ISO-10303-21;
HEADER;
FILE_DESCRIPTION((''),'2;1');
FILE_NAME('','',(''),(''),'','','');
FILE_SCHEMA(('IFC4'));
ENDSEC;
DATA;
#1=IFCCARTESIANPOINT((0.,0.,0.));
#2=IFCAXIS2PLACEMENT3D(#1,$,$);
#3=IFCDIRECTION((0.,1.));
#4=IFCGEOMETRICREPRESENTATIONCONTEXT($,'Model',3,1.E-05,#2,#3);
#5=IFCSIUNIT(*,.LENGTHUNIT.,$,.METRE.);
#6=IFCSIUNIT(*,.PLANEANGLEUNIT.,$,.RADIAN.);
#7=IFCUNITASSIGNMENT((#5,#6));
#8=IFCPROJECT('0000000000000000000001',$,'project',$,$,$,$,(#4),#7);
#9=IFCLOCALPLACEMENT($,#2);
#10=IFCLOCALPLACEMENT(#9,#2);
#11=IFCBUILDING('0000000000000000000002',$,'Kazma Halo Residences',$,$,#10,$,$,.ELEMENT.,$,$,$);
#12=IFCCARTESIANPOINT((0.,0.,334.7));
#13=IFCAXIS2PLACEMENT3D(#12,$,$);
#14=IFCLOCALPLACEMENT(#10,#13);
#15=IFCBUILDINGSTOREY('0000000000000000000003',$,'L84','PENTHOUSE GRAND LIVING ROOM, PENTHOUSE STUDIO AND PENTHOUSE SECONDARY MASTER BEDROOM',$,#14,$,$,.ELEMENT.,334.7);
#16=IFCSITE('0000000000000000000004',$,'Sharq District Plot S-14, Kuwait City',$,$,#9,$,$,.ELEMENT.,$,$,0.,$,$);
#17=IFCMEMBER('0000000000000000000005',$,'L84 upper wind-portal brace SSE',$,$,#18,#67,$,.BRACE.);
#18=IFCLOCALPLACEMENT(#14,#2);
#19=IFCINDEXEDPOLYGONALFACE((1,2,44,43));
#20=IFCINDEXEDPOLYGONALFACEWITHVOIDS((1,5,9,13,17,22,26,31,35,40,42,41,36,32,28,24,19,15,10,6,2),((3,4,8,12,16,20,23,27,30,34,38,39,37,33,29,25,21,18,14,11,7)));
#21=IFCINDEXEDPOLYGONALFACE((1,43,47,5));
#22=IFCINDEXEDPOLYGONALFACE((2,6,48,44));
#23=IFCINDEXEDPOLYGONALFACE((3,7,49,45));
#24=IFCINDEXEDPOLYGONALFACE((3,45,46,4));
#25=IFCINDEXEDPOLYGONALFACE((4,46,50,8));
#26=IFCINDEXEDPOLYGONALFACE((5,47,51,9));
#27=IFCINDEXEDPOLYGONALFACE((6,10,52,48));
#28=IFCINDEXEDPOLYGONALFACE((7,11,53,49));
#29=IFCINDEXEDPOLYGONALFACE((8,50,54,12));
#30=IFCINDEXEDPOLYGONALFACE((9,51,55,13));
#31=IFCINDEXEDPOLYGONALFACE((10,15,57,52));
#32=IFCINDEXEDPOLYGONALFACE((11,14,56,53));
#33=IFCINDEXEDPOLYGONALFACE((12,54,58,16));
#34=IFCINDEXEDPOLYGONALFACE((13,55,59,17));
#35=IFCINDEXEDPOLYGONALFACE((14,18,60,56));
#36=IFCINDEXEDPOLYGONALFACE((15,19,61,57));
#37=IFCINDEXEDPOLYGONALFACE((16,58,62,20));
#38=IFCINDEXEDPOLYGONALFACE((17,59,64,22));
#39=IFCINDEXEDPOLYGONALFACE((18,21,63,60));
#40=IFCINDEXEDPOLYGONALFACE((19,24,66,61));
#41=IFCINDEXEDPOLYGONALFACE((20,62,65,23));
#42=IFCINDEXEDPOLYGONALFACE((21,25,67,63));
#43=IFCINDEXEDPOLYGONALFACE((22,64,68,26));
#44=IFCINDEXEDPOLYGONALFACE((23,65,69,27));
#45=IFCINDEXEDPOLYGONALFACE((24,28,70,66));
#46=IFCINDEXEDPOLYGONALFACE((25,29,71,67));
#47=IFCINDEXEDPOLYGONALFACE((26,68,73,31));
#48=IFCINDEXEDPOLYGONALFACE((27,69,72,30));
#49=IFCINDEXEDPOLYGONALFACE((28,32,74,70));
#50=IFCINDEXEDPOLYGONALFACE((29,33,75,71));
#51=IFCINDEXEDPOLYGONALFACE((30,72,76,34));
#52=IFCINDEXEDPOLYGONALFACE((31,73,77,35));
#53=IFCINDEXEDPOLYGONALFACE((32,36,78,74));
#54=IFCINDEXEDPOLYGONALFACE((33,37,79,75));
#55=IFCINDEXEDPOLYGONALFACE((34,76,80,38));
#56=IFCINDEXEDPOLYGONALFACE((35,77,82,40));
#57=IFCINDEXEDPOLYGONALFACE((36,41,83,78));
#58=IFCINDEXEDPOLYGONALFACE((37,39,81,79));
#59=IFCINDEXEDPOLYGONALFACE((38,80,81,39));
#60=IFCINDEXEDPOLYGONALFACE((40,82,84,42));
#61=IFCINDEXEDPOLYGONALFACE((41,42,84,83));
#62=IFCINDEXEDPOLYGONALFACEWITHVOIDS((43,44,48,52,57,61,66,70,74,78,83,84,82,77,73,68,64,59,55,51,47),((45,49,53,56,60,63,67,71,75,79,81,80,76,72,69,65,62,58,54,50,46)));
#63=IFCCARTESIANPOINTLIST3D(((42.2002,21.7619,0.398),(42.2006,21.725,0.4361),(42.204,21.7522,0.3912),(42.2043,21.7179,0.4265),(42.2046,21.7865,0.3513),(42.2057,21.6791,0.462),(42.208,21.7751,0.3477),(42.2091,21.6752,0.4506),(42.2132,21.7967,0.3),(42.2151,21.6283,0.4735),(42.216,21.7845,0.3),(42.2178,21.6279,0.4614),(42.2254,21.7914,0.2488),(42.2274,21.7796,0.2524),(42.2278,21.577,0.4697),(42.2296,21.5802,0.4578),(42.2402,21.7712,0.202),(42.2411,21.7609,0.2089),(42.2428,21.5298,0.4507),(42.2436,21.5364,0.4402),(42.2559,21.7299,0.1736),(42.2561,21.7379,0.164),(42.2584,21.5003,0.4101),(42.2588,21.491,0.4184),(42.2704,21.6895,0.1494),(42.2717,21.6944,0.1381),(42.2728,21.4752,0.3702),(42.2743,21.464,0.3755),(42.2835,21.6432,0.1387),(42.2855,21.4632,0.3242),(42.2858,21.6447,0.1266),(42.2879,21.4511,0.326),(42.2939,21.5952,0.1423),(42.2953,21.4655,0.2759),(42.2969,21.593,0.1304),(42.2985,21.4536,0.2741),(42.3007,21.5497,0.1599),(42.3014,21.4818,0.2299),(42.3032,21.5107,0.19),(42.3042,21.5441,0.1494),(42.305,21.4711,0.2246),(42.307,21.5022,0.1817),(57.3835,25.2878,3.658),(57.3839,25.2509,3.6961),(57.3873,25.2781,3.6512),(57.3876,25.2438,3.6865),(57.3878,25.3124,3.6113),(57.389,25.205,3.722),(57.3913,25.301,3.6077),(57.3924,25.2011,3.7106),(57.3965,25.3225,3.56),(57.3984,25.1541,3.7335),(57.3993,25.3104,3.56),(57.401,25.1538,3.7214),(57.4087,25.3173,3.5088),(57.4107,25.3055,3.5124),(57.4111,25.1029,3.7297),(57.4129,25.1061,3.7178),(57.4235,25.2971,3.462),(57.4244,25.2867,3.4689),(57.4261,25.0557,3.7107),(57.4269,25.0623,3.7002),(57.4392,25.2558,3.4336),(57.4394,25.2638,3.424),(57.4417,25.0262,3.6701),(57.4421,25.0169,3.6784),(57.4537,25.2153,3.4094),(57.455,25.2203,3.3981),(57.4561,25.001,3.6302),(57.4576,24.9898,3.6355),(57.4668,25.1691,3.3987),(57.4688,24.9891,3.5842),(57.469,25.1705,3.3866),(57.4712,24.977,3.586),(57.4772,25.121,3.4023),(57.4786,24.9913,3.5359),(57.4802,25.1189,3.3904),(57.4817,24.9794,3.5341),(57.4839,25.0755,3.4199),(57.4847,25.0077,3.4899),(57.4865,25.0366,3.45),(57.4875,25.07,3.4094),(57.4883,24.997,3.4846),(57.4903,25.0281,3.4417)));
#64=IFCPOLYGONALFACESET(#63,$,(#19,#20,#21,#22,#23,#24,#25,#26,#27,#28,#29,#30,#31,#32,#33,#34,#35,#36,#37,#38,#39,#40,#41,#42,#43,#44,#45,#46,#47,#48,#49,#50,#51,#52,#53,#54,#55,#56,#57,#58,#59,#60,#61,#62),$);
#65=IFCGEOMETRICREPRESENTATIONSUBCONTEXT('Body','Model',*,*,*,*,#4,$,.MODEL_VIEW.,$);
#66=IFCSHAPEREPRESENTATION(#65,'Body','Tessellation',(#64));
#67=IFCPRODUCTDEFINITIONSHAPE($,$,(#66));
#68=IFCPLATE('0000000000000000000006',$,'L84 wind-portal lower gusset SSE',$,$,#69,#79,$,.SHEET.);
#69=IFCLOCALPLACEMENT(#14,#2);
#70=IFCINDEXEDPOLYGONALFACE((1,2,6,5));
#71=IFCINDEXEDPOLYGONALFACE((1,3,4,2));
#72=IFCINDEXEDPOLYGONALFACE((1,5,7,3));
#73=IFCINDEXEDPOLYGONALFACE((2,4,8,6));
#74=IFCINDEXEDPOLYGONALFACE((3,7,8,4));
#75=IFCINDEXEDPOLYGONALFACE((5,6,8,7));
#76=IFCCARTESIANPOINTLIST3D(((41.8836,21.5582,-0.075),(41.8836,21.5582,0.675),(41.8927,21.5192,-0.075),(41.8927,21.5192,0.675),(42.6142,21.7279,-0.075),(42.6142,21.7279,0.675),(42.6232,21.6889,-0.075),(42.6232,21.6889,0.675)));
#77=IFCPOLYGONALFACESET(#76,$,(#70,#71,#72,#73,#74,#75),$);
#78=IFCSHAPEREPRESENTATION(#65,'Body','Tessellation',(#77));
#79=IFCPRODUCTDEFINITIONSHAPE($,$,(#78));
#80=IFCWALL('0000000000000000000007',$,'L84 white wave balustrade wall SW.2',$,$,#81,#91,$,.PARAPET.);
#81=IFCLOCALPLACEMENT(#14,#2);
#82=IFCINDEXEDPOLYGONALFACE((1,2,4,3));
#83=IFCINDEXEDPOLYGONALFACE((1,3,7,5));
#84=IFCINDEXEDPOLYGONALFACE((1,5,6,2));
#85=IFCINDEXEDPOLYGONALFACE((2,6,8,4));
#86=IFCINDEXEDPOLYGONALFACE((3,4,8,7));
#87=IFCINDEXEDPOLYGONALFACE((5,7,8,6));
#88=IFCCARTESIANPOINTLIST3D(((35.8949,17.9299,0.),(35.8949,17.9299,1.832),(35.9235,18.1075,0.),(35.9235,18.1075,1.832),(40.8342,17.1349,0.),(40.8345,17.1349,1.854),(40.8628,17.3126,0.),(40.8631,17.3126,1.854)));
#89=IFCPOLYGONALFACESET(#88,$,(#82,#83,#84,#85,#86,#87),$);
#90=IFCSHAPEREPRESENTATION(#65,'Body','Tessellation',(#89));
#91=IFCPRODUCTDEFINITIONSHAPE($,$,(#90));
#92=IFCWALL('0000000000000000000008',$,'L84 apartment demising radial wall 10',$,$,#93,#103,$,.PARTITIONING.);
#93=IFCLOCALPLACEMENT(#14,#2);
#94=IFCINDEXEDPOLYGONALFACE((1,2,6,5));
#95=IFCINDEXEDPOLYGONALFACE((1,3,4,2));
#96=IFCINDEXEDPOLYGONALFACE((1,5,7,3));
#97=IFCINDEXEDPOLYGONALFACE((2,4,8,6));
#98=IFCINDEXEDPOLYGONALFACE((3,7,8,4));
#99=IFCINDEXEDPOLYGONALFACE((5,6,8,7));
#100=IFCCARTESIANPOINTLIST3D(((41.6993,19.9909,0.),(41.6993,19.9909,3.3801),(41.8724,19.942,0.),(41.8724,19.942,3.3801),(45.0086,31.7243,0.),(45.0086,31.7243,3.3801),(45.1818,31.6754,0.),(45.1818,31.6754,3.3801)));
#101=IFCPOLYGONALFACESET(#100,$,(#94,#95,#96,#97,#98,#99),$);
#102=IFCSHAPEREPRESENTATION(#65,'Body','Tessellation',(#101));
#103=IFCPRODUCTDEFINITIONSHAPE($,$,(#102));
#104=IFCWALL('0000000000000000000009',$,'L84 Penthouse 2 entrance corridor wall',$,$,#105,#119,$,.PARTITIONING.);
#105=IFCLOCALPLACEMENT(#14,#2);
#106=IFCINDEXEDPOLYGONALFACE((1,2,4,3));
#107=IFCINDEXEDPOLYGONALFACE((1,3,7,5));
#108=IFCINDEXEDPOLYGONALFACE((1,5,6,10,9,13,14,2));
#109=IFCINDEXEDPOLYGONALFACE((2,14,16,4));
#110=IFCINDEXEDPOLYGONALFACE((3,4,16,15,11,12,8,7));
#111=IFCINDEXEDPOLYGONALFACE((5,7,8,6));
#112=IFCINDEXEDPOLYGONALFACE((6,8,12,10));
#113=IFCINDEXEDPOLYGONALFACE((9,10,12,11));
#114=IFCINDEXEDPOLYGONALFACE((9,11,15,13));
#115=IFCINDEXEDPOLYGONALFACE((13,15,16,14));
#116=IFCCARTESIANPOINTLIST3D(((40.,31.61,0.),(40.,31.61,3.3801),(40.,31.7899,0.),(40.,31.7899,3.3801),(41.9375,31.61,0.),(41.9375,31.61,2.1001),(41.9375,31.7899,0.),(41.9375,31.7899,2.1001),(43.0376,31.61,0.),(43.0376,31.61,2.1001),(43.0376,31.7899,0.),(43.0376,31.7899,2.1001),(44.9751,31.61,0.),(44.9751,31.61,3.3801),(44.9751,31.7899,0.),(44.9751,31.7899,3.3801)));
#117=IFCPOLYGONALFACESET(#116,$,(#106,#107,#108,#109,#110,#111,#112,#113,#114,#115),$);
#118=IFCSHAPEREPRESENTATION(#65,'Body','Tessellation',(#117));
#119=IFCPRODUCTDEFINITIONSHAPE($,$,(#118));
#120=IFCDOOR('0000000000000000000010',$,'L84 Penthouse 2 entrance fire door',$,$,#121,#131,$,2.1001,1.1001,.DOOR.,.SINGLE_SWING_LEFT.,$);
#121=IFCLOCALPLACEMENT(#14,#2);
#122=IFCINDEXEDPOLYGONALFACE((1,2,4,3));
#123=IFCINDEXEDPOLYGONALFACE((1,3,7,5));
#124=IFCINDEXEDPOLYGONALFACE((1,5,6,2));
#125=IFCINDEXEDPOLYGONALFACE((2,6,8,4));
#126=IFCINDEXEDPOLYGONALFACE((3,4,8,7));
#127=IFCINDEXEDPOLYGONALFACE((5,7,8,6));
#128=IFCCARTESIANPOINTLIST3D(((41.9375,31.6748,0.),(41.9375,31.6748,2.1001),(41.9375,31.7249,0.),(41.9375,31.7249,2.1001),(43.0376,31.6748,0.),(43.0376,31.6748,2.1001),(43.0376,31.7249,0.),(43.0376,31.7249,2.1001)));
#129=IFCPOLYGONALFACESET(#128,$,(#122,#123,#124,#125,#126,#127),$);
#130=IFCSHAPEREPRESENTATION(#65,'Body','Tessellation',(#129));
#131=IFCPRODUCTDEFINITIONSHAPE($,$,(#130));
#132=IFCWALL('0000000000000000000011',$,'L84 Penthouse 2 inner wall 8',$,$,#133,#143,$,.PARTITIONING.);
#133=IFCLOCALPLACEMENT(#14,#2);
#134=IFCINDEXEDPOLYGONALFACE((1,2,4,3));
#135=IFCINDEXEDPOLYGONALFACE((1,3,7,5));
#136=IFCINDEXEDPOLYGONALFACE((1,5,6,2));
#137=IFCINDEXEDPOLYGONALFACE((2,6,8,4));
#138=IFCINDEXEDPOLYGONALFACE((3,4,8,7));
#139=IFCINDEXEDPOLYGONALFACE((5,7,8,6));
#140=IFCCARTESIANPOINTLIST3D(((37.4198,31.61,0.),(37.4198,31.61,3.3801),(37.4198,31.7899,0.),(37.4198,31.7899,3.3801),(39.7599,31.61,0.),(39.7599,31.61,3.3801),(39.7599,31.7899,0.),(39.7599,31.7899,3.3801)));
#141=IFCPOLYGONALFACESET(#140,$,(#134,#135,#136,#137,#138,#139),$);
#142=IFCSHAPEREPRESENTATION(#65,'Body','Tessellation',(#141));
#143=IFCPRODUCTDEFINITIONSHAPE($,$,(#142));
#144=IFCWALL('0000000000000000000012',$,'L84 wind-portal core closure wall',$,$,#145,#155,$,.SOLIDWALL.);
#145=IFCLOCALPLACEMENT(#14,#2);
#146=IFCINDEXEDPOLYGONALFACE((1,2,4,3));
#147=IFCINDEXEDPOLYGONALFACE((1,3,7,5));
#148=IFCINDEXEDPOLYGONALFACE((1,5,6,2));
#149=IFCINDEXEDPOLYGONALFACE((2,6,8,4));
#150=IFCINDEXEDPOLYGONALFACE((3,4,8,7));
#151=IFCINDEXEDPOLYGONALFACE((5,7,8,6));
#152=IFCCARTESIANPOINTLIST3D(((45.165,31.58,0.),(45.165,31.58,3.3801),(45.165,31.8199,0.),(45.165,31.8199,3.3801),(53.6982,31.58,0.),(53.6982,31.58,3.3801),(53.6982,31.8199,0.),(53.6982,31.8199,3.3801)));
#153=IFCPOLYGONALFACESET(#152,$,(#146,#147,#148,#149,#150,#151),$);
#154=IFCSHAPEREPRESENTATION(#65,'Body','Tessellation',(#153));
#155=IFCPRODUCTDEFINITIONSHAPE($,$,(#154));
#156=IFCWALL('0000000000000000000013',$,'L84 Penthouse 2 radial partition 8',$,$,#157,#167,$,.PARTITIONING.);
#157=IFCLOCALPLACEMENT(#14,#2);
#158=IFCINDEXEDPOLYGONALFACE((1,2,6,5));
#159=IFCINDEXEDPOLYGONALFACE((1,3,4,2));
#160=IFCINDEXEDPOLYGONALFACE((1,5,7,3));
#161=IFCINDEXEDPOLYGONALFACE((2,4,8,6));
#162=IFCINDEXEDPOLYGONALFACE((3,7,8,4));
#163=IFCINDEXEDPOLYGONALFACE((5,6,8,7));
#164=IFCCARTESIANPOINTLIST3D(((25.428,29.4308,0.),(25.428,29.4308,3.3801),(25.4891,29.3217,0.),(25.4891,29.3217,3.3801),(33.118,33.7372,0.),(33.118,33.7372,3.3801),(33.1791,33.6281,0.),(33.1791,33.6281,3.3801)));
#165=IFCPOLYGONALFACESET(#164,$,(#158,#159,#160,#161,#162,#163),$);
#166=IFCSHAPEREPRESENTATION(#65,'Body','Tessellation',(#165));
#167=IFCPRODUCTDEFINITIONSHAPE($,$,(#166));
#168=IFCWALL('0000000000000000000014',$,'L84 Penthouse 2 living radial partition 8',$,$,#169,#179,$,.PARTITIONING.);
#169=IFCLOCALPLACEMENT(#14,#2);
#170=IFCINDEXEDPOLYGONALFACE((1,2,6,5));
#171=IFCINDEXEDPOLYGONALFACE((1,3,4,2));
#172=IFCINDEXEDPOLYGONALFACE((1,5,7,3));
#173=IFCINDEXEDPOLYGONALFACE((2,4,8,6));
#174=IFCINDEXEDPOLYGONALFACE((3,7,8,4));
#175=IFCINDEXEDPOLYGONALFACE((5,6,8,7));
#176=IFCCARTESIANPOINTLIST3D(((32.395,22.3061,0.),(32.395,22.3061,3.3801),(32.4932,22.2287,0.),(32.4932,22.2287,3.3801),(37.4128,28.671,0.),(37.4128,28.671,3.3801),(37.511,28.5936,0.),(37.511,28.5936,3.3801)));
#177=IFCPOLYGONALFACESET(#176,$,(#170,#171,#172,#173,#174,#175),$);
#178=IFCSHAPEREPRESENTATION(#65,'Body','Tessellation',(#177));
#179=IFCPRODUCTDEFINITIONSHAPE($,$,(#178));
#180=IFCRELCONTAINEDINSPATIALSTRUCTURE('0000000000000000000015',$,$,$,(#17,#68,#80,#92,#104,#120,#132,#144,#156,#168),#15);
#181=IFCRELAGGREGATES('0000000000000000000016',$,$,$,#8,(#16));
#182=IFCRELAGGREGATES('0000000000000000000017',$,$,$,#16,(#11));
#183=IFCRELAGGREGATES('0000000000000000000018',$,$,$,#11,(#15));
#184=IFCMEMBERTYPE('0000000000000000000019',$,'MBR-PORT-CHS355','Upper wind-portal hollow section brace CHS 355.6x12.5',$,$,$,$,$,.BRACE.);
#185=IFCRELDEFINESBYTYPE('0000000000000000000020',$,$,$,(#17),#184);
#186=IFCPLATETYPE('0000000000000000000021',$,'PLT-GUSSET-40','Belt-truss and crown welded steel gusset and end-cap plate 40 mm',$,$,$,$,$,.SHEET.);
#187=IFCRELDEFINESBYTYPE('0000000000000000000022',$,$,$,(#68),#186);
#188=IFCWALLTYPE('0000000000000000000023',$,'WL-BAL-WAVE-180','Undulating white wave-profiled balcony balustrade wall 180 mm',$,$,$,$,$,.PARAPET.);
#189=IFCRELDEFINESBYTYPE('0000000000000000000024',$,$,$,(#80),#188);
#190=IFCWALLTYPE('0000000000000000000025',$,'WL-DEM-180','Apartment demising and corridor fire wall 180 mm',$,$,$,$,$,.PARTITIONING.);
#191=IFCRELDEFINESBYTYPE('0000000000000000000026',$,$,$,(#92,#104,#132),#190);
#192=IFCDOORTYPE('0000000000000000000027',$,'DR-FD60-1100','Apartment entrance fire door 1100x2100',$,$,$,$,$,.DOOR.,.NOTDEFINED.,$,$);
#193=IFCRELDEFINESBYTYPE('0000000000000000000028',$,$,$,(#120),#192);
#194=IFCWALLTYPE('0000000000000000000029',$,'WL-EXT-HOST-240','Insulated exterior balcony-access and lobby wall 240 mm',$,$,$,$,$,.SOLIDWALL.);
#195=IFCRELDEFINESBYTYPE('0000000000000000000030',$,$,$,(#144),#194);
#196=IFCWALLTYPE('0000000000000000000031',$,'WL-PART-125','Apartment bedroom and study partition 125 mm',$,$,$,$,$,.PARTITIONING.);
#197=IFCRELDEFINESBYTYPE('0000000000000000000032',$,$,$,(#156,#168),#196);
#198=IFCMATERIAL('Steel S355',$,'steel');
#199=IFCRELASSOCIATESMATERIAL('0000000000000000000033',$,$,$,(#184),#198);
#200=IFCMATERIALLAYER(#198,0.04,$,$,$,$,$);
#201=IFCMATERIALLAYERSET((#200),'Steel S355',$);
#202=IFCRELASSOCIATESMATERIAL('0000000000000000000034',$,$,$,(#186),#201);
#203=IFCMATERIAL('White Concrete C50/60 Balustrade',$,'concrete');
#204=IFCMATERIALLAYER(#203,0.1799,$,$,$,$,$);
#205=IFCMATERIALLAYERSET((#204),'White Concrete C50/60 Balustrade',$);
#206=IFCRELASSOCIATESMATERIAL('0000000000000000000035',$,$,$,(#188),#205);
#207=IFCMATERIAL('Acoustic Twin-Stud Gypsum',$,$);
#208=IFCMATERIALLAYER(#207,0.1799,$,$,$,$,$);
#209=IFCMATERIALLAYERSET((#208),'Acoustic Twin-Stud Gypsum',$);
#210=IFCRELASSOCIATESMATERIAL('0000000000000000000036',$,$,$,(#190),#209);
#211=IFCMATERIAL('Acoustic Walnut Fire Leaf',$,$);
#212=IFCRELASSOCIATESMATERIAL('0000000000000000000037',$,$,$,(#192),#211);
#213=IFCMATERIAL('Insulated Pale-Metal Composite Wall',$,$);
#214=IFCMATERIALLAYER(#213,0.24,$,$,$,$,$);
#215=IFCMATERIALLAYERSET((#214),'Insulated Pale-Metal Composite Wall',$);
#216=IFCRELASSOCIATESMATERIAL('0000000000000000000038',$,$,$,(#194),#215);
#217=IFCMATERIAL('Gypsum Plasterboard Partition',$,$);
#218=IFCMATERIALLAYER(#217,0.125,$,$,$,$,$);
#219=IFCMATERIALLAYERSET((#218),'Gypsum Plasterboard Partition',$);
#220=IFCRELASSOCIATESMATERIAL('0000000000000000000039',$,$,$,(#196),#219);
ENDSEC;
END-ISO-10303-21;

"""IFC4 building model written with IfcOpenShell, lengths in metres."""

from ifc_helpers import new_model, si_unit, direction, frame, frame_2d, origin, origin_2d, place, context, subcontext, project, spatial, polyline, rectangle, hollow_circle, outline, extrude, material, layer, layer_set, material_profile, profile_set, type_object, element, fill, save


model = new_model("IFC4")

# Units and contexts
model_context = context("Model", 3, precision=1e-05, world=origin(), true_north=direction((0.0, 1.0)))
body_context = subcontext(model_context, "Body", "Model", "MODEL_VIEW")
ifc_project = project(units=[si_unit("LENGTHUNIT", "METRE"), si_unit("PLANEANGLEUNIT", "RADIAN")], contexts=[model_context])

# Site, building, storey
site_placement = place(None, origin())
site = spatial("IfcSite", under=ifc_project, at=site_placement, Name="Sharq District Plot S-14, Kuwait City", CompositionType="ELEMENT", RefElevation=0.0)
building_placement = place(site_placement, origin())
building = spatial("IfcBuilding", under=site, at=building_placement, Name="Kazma Halo Residences", CompositionType="ELEMENT")
storey_placement = place(building_placement, frame((0.0, 0.0, 334.7)))
storey = spatial("IfcBuildingStorey", under=building, at=storey_placement, Name="L84", Description="PENTHOUSE GRAND LIVING ROOM, PENTHOUSE STUDIO AND PENTHOUSE SECONDARY MASTER BEDROOM", CompositionType="ELEMENT", Elevation=334.7)

# Shared definitions
ifc_material_1 = material(Name="Steel S355", Category="steel")

# Member
ifc_material_profile_1 = material_profile(ifc_material_1, hollow_circle(Radius=0.1777, WallThickness=0.0125, at=origin_2d()), Name="CHS355.6x12.5")
ifc_profile_set_1 = profile_set([ifc_material_profile_1], Name="Steel S355")
member_type = type_object("IfcMemberType", Name="MBR-PORT-CHS355", Description="Upper wind-portal hollow section brace CHS 355.6x12.5", PredefinedType="BRACE", material=ifc_profile_set_1)
member_placement = place(storey_placement, frame((42.2534, 21.6235, 0.3), z_axis=(0.953451, 0.221411, 0.204715), x_axis=(-0.226201, 0.974081, 0.0)))
element("IfcMember", 1, at=member_placement, inside=storey, type_object=member_type, Name="L84 upper wind-portal brace SSE", PredefinedType="BRACE", context=body_context, shape_type="SweptSolid", body=[
    extrude(hollow_circle(Radius=0.1777, WallThickness=0.0125, at=origin_2d()), origin(), (0.0, 0.0, 1.0), 15.9246),
])

# Plate
ifc_layer_1 = layer(ifc_material_1, 0.04)
ifc_layer_set_1 = layer_set([ifc_layer_1], Name="Steel S355")
plate_type = type_object("IfcPlateType", Name="PLT-GUSSET-40", Description="Belt-truss and crown welded steel gusset and end-cap plate 40 mm", PredefinedType="SHEET", material=ifc_layer_set_1)
plate_placement = place(storey_placement, frame((42.2534, 21.6235, -0.075), z_axis=(0.0, 0.0, 1.0), x_axis=(0.974084, 0.226188, 0.0)))
element("IfcPlate", 2, at=plate_placement, inside=storey, type_object=plate_type, Name="L84 wind-portal lower gusset SSE", PredefinedType="SHEET", context=body_context, shape_type="SweptSolid", body=[
    extrude(rectangle(XDim=0.75, YDim=0.04, at=origin_2d()), origin(), (0.0, 0.0, 1.0), 0.75),
])

# Walls
ifc_material_2 = material(Name="White Concrete C50/60 Balustrade", Category="concrete")
ifc_layer_2 = layer(ifc_material_2, 0.1799)
ifc_layer_set_2 = layer_set([ifc_layer_2], Name="White Concrete C50/60 Balustrade")
wall_type_1 = type_object("IfcWallType", Name="WL-BAL-WAVE-180", Description="Undulating white wave-profiled balcony balustrade wall 180 mm", PredefinedType="PARAPET", material=ifc_layer_set_2)
wall_1_placement = place(storey_placement, frame((35.9092, 18.0188, 0.0), z_axis=(0.0, 0.0, 1.0), x_axis=(0.987296, -0.158889, 0.0)))
element("IfcWall", 3, at=wall_1_placement, inside=storey, type_object=wall_type_1, Name="L84 white wave balustrade wall SW.2", PredefinedType="PARAPET", context=body_context, shape_type="SweptSolid", body=[
    extrude(outline(polyline([(0.0, 0.0), (5.0029, 0.0), (5.0032, 1.854), (0.0, 1.832), (0.0, 0.0)])), frame((0.0, 0.0898, 0.0), z_axis=(0.0, -1.0, 0.0), x_axis=(1.0, 0.0, 0.0)), (0.0, 0.0, 1.0), 0.1799),
])
ifc_material_3 = material(Name="Acoustic Twin-Stud Gypsum")
ifc_layer_3 = layer(ifc_material_3, 0.1799)
ifc_layer_set_3 = layer_set([ifc_layer_3], Name="Acoustic Twin-Stud Gypsum")
wall_type_2 = type_object("IfcWallType", Name="WL-DEM-180", Description="Apartment demising and corridor fire wall 180 mm", PredefinedType="PARTITIONING", material=ifc_layer_set_3)
wall_2_placement = place(storey_placement, frame((45.0952, 31.7, 0.0), z_axis=(0.0, 0.0, 1.0), x_axis=(-0.271453, -0.962452, 0.0)))
element("IfcWall", 4, at=wall_2_placement, inside=storey, type_object=wall_type_2, Name="L84 apartment demising radial wall 10", PredefinedType="PARTITIONING", context=body_context, shape_type="SweptSolid", body=[
    extrude(rectangle(XDim=12.1912, YDim=0.1799, at=frame_2d((6.0957, 0.0))), origin(), (0.0, 0.0, 1.0), 3.3801),
])

# Wall, opening, door
wall_3_placement = place(storey_placement, frame((40.0, 31.7, 0.0), z_axis=(0.0, 0.0, 1.0), x_axis=(1.0, 0.0, 0.0)))
wall_3 = element("IfcWall", 5, at=wall_3_placement, inside=storey, type_object=wall_type_2, Name="L84 Penthouse 2 entrance corridor wall", PredefinedType="PARTITIONING", context=body_context, shape_type="SweptSolid", body=[
    extrude(rectangle(XDim=4.9751, YDim=0.1799, at=frame_2d((2.4875, 0.0))), origin(), (0.0, 0.0, 1.0), 3.3801),
])
opening_1_placement = place(wall_3_placement, frame((1.9375, 0.0, 0.0)))
opening_1 = element("IfcOpeningElement", 6, at=opening_1_placement, cuts=wall_3, PredefinedType="OPENING", context=body_context, shape_type="SweptSolid", body=[
    extrude(rectangle(XDim=1.1001, YDim=2.1001, at=frame_2d((0.55, 1.05))), frame((0.0, 0.0999, 0.0), z_axis=(0.0, -1.0, 0.0), x_axis=(1.0, 0.0, 0.0)), (0.0, 0.0, 1.0), 0.2),
])
ifc_material_4 = material(Name="Acoustic Walnut Fire Leaf")
door_type_1 = type_object("IfcDoorType", Name="DR-FD60-1100", Description="Apartment entrance fire door 1100x2100", OperationType="NOTDEFINED", PredefinedType="DOOR", material=ifc_material_4)
door_1_placement = place(opening_1_placement, origin())
door_1 = element("IfcDoor", 7, at=door_1_placement, inside=storey, type_object=door_type_1, Name="L84 Penthouse 2 entrance fire door", OperationType="SINGLE_SWING_LEFT", OverallHeight=2.1001, OverallWidth=1.1001, PredefinedType="DOOR", context=body_context, shape_type="SweptSolid", body=[
    extrude(rectangle(XDim=1.1001, YDim=2.1001, at=frame_2d((0.55, 1.05))), frame((0.0, 0.0249, 0.0), z_axis=(0.0, -1.0, 0.0), x_axis=(1.0, 0.0, 0.0)), (0.0, 0.0, 1.0), 0.05),
])
fill(opening_1, door_1)

# Walls
wall_4_placement = place(storey_placement, frame((37.4199, 31.7, 0.0), z_axis=(0.0, 0.0, 1.0), x_axis=(1.0, 0.0, 0.0)))
element("IfcWall", 8, at=wall_4_placement, inside=storey, type_object=wall_type_2, Name="L84 Penthouse 2 inner wall 8", PredefinedType="PARTITIONING", context=body_context, shape_type="SweptSolid", body=[
    extrude(rectangle(XDim=2.3401, YDim=0.1799, at=frame_2d((1.1699, 0.0))), origin(), (0.0, 0.0, 1.0), 3.3801),
])
ifc_material_5 = material(Name="Insulated Pale-Metal Composite Wall")
ifc_layer_4 = layer(ifc_material_5, 0.24)
ifc_layer_set_4 = layer_set([ifc_layer_4], Name="Insulated Pale-Metal Composite Wall")
wall_type_3 = type_object("IfcWallType", Name="WL-EXT-HOST-240", Description="Insulated exterior balcony-access and lobby wall 240 mm", PredefinedType="SOLIDWALL", material=ifc_layer_set_4)
wall_5_placement = place(storey_placement, frame((45.165, 31.7, 0.0), z_axis=(0.0, 0.0, 1.0), x_axis=(1.0, 0.0, 0.0)))
element("IfcWall", 9, at=wall_5_placement, inside=storey, type_object=wall_type_3, Name="L84 wind-portal core closure wall", PredefinedType="SOLIDWALL", context=body_context, shape_type="SweptSolid", body=[
    extrude(rectangle(XDim=8.5332, YDim=0.24, at=frame_2d((4.2666, 0.0))), origin(), (0.0, 0.0, 1.0), 3.3801),
])
ifc_material_6 = material(Name="Gypsum Plasterboard Partition")
ifc_layer_5 = layer(ifc_material_6, 0.125)
ifc_layer_set_5 = layer_set([ifc_layer_5], Name="Gypsum Plasterboard Partition")
wall_type_4 = type_object("IfcWallType", Name="WL-PART-125", Description="Apartment bedroom and study partition 125 mm", PredefinedType="PARTITIONING", material=ifc_layer_set_5)
wall_6_placement = place(storey_placement, frame((33.1484, 33.6826, 0.0), z_axis=(0.0, 0.0, 1.0), x_axis=(-0.872505, -0.488606, 0.0)))
element("IfcWall", 10, at=wall_6_placement, inside=storey, type_object=wall_type_4, Name="L84 Penthouse 2 radial partition 8", PredefinedType="PARTITIONING", context=body_context, shape_type="SweptSolid", body=[
    extrude(rectangle(XDim=8.8137, YDim=0.125, at=frame_2d((4.4067, 0.0))), origin(), (0.0, 0.0, 1.0), 3.3801),
])
wall_7_placement = place(storey_placement, frame((37.4619, 28.6323, 0.0), z_axis=(0.0, 0.0, 1.0), x_axis=(-0.619099, -0.785313, 0.0)))
element("IfcWall", 11, at=wall_7_placement, inside=storey, type_object=wall_type_4, Name="L84 Penthouse 2 living radial partition 8", PredefinedType="PARTITIONING", context=body_context, shape_type="SweptSolid", body=[
    extrude(rectangle(XDim=8.105, YDim=0.125, at=frame_2d((4.0525, 0.0))), origin(), (0.0, 0.0, 1.0), 3.3801),
])

save(model, "model.ifc")
